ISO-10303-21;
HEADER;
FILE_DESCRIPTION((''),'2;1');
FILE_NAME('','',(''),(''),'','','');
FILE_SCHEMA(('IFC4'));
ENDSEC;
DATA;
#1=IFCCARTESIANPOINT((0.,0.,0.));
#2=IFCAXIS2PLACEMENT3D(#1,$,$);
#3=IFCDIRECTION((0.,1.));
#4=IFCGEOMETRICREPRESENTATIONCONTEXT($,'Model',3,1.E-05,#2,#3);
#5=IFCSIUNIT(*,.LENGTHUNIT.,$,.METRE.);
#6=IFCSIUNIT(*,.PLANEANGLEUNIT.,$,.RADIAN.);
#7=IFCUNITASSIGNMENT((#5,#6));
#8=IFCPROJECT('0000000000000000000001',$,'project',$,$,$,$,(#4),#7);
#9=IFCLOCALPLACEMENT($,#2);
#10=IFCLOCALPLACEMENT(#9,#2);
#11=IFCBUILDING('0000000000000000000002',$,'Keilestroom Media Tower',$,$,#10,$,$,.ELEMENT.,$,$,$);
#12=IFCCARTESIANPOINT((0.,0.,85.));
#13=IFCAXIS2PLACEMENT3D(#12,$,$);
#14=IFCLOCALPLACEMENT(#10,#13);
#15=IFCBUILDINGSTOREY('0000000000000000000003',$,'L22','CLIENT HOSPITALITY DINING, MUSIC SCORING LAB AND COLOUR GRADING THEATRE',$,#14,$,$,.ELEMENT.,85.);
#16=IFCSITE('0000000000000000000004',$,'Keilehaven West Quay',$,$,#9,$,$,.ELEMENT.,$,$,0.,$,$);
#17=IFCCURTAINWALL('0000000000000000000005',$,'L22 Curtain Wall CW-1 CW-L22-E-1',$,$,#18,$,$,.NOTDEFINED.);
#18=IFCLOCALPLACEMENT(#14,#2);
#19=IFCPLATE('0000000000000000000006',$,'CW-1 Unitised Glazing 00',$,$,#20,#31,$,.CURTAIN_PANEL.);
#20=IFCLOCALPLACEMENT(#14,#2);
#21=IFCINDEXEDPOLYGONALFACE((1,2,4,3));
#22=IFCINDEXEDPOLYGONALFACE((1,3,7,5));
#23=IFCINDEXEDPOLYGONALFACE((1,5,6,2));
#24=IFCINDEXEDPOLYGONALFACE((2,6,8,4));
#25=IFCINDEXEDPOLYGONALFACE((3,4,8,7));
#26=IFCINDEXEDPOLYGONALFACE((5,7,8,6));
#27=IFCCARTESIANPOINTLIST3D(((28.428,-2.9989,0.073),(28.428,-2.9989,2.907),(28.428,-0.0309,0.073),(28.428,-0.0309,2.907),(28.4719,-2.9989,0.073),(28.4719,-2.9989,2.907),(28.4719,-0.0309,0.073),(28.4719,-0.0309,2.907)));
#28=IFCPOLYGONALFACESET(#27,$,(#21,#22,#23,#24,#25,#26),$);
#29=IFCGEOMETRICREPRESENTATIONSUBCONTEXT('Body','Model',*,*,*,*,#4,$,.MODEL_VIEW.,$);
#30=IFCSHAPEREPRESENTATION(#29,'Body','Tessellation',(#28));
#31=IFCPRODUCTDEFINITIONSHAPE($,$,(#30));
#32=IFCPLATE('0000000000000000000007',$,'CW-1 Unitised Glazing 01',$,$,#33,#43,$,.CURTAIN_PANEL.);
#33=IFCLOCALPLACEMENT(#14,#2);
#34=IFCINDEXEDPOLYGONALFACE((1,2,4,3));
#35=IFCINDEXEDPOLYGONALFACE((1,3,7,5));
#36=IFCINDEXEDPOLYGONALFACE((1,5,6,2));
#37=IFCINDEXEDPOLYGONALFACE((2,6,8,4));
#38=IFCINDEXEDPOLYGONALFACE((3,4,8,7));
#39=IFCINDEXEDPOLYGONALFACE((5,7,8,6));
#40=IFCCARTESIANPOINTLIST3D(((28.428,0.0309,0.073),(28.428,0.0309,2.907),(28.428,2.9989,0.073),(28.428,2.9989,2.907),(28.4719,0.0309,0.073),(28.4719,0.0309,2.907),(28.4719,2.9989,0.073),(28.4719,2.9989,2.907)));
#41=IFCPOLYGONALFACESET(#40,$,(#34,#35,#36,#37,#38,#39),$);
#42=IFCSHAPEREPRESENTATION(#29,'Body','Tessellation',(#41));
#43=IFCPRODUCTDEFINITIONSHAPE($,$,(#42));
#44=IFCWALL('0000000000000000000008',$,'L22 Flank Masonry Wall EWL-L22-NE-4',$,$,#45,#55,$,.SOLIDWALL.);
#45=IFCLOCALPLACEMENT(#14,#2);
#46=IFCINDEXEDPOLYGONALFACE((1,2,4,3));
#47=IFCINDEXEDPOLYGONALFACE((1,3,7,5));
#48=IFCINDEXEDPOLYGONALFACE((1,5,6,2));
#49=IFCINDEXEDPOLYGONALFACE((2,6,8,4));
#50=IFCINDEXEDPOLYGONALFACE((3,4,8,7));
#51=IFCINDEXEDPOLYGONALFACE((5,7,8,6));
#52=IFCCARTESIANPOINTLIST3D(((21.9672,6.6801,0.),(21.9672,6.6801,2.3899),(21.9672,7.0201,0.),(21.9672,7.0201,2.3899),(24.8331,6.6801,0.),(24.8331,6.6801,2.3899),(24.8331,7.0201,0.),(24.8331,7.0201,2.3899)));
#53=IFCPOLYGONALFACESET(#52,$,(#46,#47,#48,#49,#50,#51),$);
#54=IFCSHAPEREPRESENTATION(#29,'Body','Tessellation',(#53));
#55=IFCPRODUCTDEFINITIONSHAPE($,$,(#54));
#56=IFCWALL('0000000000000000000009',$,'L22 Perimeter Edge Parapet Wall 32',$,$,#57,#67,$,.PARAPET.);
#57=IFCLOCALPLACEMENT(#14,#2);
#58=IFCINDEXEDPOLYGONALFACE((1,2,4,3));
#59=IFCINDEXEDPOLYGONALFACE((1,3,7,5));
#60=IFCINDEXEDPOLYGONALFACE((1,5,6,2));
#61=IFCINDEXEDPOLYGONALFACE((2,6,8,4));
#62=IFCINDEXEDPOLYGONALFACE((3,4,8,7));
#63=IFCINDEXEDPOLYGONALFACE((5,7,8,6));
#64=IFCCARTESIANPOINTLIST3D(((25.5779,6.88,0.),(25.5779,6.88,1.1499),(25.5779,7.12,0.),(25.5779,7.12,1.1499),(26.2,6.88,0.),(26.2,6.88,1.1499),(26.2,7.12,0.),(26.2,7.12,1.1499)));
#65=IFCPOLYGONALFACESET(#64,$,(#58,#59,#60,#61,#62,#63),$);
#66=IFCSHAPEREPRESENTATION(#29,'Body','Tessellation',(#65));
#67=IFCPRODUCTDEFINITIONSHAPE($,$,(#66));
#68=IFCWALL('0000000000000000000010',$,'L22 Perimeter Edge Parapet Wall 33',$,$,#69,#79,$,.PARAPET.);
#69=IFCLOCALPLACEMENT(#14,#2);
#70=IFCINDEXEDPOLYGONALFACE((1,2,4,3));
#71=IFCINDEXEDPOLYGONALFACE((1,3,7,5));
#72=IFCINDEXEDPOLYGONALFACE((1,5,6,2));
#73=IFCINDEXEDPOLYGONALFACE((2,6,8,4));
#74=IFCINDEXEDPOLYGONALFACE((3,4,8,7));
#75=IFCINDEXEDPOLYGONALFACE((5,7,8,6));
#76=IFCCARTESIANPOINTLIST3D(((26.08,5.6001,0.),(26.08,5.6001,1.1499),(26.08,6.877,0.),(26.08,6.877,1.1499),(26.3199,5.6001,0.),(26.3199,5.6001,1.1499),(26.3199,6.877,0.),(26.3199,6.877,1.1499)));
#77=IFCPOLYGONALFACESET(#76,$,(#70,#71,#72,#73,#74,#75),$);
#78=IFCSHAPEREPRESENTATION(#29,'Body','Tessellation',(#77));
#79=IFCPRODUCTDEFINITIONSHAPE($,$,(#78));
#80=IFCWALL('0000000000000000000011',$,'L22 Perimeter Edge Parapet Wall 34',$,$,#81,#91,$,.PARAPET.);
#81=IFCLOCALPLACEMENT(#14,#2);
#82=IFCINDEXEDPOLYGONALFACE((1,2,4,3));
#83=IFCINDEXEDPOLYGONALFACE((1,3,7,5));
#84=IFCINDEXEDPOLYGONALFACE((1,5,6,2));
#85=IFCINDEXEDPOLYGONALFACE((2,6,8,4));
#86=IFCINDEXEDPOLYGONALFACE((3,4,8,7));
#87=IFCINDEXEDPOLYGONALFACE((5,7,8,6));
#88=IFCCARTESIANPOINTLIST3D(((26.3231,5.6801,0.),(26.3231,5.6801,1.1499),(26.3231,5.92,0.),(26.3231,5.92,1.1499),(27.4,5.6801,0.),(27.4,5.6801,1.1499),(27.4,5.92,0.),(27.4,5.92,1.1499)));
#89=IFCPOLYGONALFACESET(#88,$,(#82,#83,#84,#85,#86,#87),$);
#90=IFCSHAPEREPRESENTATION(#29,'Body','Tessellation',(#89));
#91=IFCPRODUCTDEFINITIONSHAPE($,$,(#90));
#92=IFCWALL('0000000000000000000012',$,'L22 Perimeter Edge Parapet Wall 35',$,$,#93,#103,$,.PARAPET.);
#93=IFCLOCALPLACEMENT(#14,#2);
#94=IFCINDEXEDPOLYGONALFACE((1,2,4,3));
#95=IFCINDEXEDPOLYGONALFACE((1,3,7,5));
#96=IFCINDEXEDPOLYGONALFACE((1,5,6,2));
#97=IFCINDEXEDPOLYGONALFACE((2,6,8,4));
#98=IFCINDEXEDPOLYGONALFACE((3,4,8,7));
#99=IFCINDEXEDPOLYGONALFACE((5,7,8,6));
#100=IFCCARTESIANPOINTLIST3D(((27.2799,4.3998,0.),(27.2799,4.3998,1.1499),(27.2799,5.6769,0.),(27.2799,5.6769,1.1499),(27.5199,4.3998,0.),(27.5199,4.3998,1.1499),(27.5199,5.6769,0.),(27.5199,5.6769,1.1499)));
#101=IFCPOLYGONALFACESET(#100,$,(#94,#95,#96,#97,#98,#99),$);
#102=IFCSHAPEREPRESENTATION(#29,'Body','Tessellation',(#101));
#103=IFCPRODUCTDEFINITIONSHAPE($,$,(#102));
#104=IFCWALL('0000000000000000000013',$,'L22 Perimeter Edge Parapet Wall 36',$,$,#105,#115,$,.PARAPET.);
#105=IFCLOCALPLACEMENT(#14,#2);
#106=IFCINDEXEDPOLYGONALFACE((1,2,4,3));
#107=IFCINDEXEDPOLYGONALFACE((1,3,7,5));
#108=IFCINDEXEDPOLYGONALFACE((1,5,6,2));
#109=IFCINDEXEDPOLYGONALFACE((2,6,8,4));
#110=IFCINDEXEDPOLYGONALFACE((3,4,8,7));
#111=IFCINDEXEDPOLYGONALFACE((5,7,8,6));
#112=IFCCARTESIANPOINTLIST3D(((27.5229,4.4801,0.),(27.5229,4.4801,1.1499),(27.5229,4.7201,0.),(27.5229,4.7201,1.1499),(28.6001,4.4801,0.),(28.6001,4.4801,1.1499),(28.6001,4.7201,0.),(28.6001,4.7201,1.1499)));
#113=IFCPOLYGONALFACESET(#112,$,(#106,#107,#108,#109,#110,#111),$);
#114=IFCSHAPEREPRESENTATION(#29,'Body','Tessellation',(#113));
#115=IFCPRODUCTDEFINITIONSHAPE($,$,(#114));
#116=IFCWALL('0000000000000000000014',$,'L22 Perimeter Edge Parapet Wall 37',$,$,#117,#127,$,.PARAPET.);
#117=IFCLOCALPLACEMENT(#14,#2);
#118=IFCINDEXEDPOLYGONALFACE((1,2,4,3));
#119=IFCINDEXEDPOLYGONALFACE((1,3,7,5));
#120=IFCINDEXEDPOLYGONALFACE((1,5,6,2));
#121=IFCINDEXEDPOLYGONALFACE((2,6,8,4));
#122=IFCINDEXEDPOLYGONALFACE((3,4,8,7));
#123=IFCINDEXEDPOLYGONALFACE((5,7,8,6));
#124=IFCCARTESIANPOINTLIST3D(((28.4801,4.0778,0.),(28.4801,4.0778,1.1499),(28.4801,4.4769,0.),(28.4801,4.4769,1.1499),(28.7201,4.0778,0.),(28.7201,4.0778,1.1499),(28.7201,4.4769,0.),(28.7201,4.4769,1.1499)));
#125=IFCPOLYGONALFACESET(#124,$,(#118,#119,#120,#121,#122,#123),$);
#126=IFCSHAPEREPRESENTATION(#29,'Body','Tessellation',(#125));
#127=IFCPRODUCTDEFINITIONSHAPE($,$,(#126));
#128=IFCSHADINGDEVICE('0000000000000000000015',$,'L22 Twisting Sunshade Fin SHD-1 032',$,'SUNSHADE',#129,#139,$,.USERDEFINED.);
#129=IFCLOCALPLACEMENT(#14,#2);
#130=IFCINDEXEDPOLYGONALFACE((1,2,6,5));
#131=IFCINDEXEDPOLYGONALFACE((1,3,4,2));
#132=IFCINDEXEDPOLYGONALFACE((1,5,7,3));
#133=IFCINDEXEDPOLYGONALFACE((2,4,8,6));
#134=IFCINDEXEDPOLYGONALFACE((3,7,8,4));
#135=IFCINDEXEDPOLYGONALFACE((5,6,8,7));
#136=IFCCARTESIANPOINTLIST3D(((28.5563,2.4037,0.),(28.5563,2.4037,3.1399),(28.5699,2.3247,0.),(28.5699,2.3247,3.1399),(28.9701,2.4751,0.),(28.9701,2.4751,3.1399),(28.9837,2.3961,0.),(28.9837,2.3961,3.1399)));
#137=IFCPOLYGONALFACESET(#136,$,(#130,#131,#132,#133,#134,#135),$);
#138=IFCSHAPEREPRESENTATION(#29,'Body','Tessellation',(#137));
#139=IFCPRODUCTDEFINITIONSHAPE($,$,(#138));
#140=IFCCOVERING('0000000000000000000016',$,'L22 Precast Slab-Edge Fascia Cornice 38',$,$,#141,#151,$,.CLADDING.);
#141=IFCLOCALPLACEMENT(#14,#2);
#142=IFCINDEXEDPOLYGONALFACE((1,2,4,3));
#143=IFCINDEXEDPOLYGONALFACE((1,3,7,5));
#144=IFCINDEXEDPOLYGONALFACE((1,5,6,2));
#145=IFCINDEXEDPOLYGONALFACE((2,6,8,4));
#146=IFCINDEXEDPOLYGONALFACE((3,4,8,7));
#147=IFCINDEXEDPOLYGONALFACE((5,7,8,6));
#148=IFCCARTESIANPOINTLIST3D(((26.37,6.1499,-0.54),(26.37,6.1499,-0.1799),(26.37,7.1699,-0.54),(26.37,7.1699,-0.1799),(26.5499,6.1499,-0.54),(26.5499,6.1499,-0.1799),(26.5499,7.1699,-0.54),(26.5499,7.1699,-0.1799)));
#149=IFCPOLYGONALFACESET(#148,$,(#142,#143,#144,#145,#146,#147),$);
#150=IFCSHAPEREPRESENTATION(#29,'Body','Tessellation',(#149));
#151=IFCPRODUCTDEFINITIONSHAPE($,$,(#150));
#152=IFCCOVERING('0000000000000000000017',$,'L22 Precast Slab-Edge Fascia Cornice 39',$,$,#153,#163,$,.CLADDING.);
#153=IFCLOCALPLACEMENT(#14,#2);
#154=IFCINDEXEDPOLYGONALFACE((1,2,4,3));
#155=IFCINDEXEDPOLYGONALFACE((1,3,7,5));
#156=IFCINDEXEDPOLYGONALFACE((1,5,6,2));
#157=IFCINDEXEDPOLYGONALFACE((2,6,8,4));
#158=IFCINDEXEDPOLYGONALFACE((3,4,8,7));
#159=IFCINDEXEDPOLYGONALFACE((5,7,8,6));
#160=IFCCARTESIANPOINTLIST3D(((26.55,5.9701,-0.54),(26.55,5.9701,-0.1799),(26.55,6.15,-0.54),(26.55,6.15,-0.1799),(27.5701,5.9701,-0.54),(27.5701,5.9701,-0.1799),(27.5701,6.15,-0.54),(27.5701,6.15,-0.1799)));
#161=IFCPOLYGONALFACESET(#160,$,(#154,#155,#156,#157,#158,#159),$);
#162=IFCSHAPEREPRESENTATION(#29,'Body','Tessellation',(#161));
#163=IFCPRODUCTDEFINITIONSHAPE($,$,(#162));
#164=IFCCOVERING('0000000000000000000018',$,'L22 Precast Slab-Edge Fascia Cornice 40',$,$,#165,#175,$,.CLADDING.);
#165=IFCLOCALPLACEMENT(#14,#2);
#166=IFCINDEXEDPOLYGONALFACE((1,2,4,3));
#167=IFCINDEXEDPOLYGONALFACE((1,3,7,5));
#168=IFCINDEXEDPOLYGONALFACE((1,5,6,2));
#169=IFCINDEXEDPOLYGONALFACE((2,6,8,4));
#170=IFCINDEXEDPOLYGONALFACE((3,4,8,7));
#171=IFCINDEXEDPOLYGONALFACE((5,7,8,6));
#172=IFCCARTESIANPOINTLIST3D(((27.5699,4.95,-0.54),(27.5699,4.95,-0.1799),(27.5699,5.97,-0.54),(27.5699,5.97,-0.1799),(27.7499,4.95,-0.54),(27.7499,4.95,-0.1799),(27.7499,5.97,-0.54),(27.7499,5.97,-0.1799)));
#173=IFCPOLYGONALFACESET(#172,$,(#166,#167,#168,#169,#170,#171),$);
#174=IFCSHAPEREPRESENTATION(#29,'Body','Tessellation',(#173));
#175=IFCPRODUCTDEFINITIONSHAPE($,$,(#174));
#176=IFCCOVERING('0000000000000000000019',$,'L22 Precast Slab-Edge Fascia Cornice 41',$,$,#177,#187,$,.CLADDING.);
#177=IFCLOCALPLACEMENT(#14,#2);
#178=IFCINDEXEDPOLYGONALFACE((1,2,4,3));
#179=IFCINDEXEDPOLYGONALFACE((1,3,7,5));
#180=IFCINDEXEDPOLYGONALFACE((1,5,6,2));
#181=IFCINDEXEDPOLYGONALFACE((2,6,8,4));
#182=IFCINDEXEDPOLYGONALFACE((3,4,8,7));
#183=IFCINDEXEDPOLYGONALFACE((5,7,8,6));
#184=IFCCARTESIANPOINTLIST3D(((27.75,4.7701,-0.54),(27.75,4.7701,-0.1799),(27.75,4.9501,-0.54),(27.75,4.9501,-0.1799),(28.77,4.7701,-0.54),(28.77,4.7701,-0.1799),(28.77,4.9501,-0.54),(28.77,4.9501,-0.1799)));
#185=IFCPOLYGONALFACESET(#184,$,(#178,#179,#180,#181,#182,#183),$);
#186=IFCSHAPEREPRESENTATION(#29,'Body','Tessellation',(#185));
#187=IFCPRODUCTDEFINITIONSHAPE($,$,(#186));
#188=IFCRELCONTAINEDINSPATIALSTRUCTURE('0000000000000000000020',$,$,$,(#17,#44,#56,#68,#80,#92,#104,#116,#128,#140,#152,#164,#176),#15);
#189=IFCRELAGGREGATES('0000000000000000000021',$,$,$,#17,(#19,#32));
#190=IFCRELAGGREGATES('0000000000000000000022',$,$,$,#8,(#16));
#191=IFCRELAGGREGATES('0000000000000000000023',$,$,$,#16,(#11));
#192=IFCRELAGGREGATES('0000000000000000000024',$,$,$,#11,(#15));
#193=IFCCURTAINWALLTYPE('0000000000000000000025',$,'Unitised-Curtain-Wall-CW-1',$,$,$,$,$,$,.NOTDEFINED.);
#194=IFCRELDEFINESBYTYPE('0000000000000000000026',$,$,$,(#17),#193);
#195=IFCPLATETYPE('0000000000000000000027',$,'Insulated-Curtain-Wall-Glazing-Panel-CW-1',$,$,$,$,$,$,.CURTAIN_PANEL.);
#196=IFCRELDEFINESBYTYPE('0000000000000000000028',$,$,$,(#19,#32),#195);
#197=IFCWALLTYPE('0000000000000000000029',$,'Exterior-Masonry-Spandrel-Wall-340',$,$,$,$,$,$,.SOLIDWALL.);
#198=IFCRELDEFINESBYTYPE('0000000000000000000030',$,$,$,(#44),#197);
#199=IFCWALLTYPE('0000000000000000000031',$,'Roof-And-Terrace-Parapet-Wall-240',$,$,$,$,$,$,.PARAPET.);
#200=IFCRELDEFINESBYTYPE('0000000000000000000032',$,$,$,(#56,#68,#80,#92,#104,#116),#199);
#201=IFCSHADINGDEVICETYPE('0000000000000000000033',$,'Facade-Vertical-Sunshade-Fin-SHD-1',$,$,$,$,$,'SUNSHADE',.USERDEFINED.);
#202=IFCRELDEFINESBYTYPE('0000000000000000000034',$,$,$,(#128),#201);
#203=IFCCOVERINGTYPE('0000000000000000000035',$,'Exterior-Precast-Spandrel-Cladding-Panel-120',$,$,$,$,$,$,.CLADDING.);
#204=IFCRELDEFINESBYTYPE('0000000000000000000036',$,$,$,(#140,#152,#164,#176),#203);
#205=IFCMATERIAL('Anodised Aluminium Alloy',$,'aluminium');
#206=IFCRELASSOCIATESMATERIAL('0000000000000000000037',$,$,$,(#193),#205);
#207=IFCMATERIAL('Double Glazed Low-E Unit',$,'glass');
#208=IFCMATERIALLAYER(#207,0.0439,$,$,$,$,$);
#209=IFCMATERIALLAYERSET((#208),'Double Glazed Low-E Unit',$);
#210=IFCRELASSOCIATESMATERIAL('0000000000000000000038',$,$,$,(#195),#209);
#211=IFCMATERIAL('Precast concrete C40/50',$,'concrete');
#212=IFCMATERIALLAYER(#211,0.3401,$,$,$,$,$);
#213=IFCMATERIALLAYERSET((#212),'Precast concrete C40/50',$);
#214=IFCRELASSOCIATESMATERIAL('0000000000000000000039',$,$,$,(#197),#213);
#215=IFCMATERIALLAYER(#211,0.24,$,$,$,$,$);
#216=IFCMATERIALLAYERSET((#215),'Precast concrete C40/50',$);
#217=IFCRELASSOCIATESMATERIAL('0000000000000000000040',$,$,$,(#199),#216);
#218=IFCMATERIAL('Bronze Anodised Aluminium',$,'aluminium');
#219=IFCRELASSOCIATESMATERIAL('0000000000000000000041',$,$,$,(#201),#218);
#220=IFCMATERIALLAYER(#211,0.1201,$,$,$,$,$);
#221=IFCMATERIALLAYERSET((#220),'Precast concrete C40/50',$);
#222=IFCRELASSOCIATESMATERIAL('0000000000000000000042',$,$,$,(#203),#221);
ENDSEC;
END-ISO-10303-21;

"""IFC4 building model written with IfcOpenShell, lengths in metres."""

from ifc_helpers import new_model, si_unit, direction, frame, frame_2d, origin, origin_2d, place, context, subcontext, project, spatial, rectangle, extrude, source, transform, mapped, material, layer, layer_set, type_object, element, aggregate, save


model = new_model("IFC4")

# Units and contexts
model_context = context("Model", 3, precision=1e-05, world=origin(), true_north=direction((0.0, 1.0)))
body_context = subcontext(model_context, "Body", "Model", "MODEL_VIEW")
ifc_project = project(units=[si_unit("LENGTHUNIT", "METRE"), si_unit("PLANEANGLEUNIT", "RADIAN")], contexts=[model_context])

# Site, building, storey
site_placement = place(None, origin())
site = spatial("IfcSite", under=ifc_project, at=site_placement, Name="Keilehaven West Quay", CompositionType="ELEMENT", RefElevation=0.0)
building_placement = place(site_placement, origin())
building = spatial("IfcBuilding", under=site, at=building_placement, Name="Keilestroom Media Tower", CompositionType="ELEMENT")
storey_placement = place(building_placement, frame((0.0, 0.0, 85.0)))
storey = spatial("IfcBuildingStorey", under=building, at=storey_placement, Name="L22", Description="CLIENT HOSPITALITY DINING, MUSIC SCORING LAB AND COLOUR GRADING THEATRE", CompositionType="ELEMENT", Elevation=85.0)

# Shared definitions
ifc_material_1 = material(Name="Precast concrete C40/50", Category="concrete")

# Curtain wall, plates
ifc_material_2 = material(Name="Anodised Aluminium Alloy", Category="aluminium")
curtain_wall_type = type_object("IfcCurtainWallType", Name="Unitised-Curtain-Wall-CW-1", PredefinedType="NOTDEFINED", material=ifc_material_2)
curtain_wall_placement = place(storey_placement, origin())
curtain_wall = element("IfcCurtainWall", 1, at=curtain_wall_placement, inside=storey, type_object=curtain_wall_type, Name="L22 Curtain Wall CW-1 CW-L22-E-1", PredefinedType="NOTDEFINED")
ifc_material_3 = material(Name="Double Glazed Low-E Unit", Category="glass")
ifc_layer_1 = layer(ifc_material_3, 0.0439)
ifc_layer_set_1 = layer_set([ifc_layer_1], Name="Double Glazed Low-E Unit")
plate_type = type_object("IfcPlateType", Name="Insulated-Curtain-Wall-Glazing-Panel-CW-1", PredefinedType="CURTAIN_PANEL", material=ifc_layer_set_1)
shared_shape_1 = source(origin(), body_context, "Body", "SweptSolid", [
    extrude(rectangle(XDim=2.968, YDim=0.0439, at=origin_2d()), origin(), (0.0, 0.0, 1.0), 2.834),
])
plate_1_placement = place(storey_placement, frame((28.45, -1.5149, 0.073), z_axis=(0.0, 0.0, 1.0), x_axis=(0.0, 1.0, 0.0)))
plate_1 = element("IfcPlate", 2, at=plate_1_placement, type_object=plate_type, Name="CW-1 Unitised Glazing 00", PredefinedType="CURTAIN_PANEL", context=body_context, shape_type="MappedRepresentation", body=[
    mapped(shared_shape_1, transform((0.0, 0.0, 0.0), x_axis=(1.0, 0.0, 0.0), y_axis=(0.0, 1.0, 0.0), z_axis=(0.0, 0.0, 1.0), scale=1.0)),
])
plate_2_placement = place(storey_placement, frame((28.45, 1.5149, 0.073), z_axis=(0.0, 0.0, 1.0), x_axis=(0.0, 1.0, 0.0)))
plate_2 = element("IfcPlate", 3, at=plate_2_placement, type_object=plate_type, Name="CW-1 Unitised Glazing 01", PredefinedType="CURTAIN_PANEL", context=body_context, shape_type="MappedRepresentation", body=[
    mapped(shared_shape_1, transform((0.0, 0.0, 0.0), x_axis=(1.0, 0.0, 0.0), y_axis=(0.0, 1.0, 0.0), z_axis=(0.0, 0.0, 1.0), scale=1.0)),
])
aggregate(curtain_wall, [plate_1, plate_2])

# Walls
ifc_layer_2 = layer(ifc_material_1, 0.3401)
ifc_layer_set_2 = layer_set([ifc_layer_2], Name="Precast concrete C40/50")
wall_type_1 = type_object("IfcWallType", Name="Exterior-Masonry-Spandrel-Wall-340", PredefinedType="SOLIDWALL", material=ifc_layer_set_2)
wall_1_placement = place(storey_placement, frame((21.967, 6.8501, 0.0), z_axis=(0.0, 0.0, 1.0), x_axis=(1.0, 0.0, 0.0)))
element("IfcWall", 4, at=wall_1_placement, inside=storey, type_object=wall_type_1, Name="L22 Flank Masonry Wall EWL-L22-NE-4", PredefinedType="SOLIDWALL", context=body_context, shape_type="SweptSolid", body=[
    extrude(rectangle(XDim=2.866, YDim=0.3401, at=frame_2d((1.4331, 0.0))), origin(), (0.0, 0.0, 1.0), 2.3899),
])
ifc_layer_3 = layer(ifc_material_1, 0.24)
ifc_layer_set_3 = layer_set([ifc_layer_3], Name="Precast concrete C40/50")
wall_type_2 = type_object("IfcWallType", Name="Roof-And-Terrace-Parapet-Wall-240", PredefinedType="PARAPET", material=ifc_layer_set_3)
wall_2_placement = place(storey_placement, frame((25.5779, 7.0, 0.0), z_axis=(0.0, 0.0, 1.0), x_axis=(1.0, 0.0, 0.0)))
element("IfcWall", 5, at=wall_2_placement, inside=storey, type_object=wall_type_2, Name="L22 Perimeter Edge Parapet Wall 32", PredefinedType="PARAPET", context=body_context, shape_type="SweptSolid", body=[
    extrude(rectangle(XDim=0.6221, YDim=0.24, at=frame_2d((0.311, 0.0))), origin(), (0.0, 0.0, 1.0), 1.1499),
])
wall_3_placement = place(storey_placement, frame((26.2, 6.877, 0.0), z_axis=(0.0, 0.0, 1.0), x_axis=(0.0, -1.0, 0.0)))
element("IfcWall", 6, at=wall_3_placement, inside=storey, type_object=wall_type_2, Name="L22 Perimeter Edge Parapet Wall 33", PredefinedType="PARAPET", context=body_context, shape_type="SweptSolid", body=[
    extrude(rectangle(XDim=1.2769, YDim=0.24, at=frame_2d((0.6384, 0.0))), origin(), (0.0, 0.0, 1.0), 1.1499),
])
wall_4_placement = place(storey_placement, frame((26.323, 5.8, 0.0), z_axis=(0.0, 0.0, 1.0), x_axis=(1.0, 0.0, 0.0)))
element("IfcWall", 7, at=wall_4_placement, inside=storey, type_object=wall_type_2, Name="L22 Perimeter Edge Parapet Wall 34", PredefinedType="PARAPET", context=body_context, shape_type="SweptSolid", body=[
    extrude(rectangle(XDim=1.0769, YDim=0.24, at=frame_2d((0.5386, 0.0))), origin(), (0.0, 0.0, 1.0), 1.1499),
])
wall_5_placement = place(storey_placement, frame((27.3999, 5.677, 0.0), z_axis=(0.0, 0.0, 1.0), x_axis=(0.0, -1.0, 0.0)))
element("IfcWall", 8, at=wall_5_placement, inside=storey, type_object=wall_type_2, Name="L22 Perimeter Edge Parapet Wall 35", PredefinedType="PARAPET", context=body_context, shape_type="SweptSolid", body=[
    extrude(rectangle(XDim=1.2771, YDim=0.24, at=frame_2d((0.6387, 0.0))), origin(), (0.0, 0.0, 1.0), 1.1499),
])
wall_6_placement = place(storey_placement, frame((27.5229, 4.6001, 0.0), z_axis=(0.0, 0.0, 1.0), x_axis=(1.0, 0.0, 0.0)))
element("IfcWall", 9, at=wall_6_placement, inside=storey, type_object=wall_type_2, Name="L22 Perimeter Edge Parapet Wall 36", PredefinedType="PARAPET", context=body_context, shape_type="SweptSolid", body=[
    extrude(rectangle(XDim=1.0771, YDim=0.24, at=frame_2d((0.5386, 0.0))), origin(), (0.0, 0.0, 1.0), 1.1499),
])
wall_7_placement = place(storey_placement, frame((28.6001, 4.4771, 0.0), z_axis=(0.0, 0.0, 1.0), x_axis=(0.0, -1.0, 0.0)))
element("IfcWall", 10, at=wall_7_placement, inside=storey, type_object=wall_type_2, Name="L22 Perimeter Edge Parapet Wall 37", PredefinedType="PARAPET", context=body_context, shape_type="SweptSolid", body=[
    extrude(rectangle(XDim=0.3992, YDim=0.24, at=frame_2d((0.1997, 0.0))), origin(), (0.0, 0.0, 1.0), 1.1499),
])

# Shading device
ifc_material_4 = material(Name="Bronze Anodised Aluminium", Category="aluminium")
shading_device_type = type_object("IfcShadingDeviceType", Name="Facade-Vertical-Sunshade-Fin-SHD-1", ElementType="SUNSHADE", PredefinedType="USERDEFINED", material=ifc_material_4)
shared_shape_2 = source(origin(), body_context, "Body", "SweptSolid", [
    extrude(rectangle(XDim=0.4199, YDim=0.0801, at=origin_2d()), origin(), (0.0, 0.0, 1.0), 3.1399),
])
shading_device_placement = place(storey_placement, frame((28.77, 2.3999, 0.0), z_axis=(0.0, 0.0, 1.0), x_axis=(0.985438, 0.170038, 0.0)))
element("IfcShadingDevice", 11, at=shading_device_placement, inside=storey, type_object=shading_device_type, Name="L22 Twisting Sunshade Fin SHD-1 032", ObjectType="SUNSHADE", PredefinedType="USERDEFINED", context=body_context, shape_type="MappedRepresentation", body=[
    mapped(shared_shape_2, transform((0.0, 0.0, 0.0), x_axis=(1.0, 0.0, 0.0), y_axis=(0.0, 1.0, 0.0), z_axis=(0.0, 0.0, 1.0), scale=1.0)),
])

# Coverings
ifc_layer_4 = layer(ifc_material_1, 0.1201)
ifc_layer_set_4 = layer_set([ifc_layer_4], Name="Precast concrete C40/50")
covering_type = type_object("IfcCoveringType", Name="Exterior-Precast-Spandrel-Cladding-Panel-120", PredefinedType="CLADDING", material=ifc_layer_set_4)
shared_shape_3 = source(origin(), body_context, "Body", "SweptSolid", [
    extrude(rectangle(XDim=1.02, YDim=0.1799, at=origin_2d()), origin(), (0.0, 0.0, 1.0), 0.3601),
])
for number, where, z_axis, x_axis, name in (
    (12, (26.46, 6.6599, -0.54), (0.0, 0.0, 1.0), (0.0, -1.0, 0.0), "L22 Precast Slab-Edge Fascia Cornice 38"),
    (13, (27.0601, 6.0601, -0.54), (0.0, 0.0, 1.0), (1.0, 0.0, 0.0), "L22 Precast Slab-Edge Fascia Cornice 39"),
    (14, (27.6599, 5.46, -0.54), (0.0, 0.0, 1.0), (0.0, -1.0, 0.0), "L22 Precast Slab-Edge Fascia Cornice 40"),
    (15, (28.26, 4.8601, -0.54), (0.0, 0.0, 1.0), (1.0, 0.0, 0.0), "L22 Precast Slab-Edge Fascia Cornice 41"),
):
    element("IfcCovering", number, at=place(storey_placement, frame(where, z_axis=z_axis, x_axis=x_axis)), inside=storey, type_object=covering_type, Name=name, PredefinedType="CLADDING", context=body_context, shape_type="MappedRepresentation", body=[
        mapped(shared_shape_3, transform((0.0, 0.0, 0.0), x_axis=(1.0, 0.0, 0.0), y_axis=(0.0, 1.0, 0.0), z_axis=(0.0, 0.0, 1.0), scale=1.0)),
    ])

save(model, "model.ifc")
